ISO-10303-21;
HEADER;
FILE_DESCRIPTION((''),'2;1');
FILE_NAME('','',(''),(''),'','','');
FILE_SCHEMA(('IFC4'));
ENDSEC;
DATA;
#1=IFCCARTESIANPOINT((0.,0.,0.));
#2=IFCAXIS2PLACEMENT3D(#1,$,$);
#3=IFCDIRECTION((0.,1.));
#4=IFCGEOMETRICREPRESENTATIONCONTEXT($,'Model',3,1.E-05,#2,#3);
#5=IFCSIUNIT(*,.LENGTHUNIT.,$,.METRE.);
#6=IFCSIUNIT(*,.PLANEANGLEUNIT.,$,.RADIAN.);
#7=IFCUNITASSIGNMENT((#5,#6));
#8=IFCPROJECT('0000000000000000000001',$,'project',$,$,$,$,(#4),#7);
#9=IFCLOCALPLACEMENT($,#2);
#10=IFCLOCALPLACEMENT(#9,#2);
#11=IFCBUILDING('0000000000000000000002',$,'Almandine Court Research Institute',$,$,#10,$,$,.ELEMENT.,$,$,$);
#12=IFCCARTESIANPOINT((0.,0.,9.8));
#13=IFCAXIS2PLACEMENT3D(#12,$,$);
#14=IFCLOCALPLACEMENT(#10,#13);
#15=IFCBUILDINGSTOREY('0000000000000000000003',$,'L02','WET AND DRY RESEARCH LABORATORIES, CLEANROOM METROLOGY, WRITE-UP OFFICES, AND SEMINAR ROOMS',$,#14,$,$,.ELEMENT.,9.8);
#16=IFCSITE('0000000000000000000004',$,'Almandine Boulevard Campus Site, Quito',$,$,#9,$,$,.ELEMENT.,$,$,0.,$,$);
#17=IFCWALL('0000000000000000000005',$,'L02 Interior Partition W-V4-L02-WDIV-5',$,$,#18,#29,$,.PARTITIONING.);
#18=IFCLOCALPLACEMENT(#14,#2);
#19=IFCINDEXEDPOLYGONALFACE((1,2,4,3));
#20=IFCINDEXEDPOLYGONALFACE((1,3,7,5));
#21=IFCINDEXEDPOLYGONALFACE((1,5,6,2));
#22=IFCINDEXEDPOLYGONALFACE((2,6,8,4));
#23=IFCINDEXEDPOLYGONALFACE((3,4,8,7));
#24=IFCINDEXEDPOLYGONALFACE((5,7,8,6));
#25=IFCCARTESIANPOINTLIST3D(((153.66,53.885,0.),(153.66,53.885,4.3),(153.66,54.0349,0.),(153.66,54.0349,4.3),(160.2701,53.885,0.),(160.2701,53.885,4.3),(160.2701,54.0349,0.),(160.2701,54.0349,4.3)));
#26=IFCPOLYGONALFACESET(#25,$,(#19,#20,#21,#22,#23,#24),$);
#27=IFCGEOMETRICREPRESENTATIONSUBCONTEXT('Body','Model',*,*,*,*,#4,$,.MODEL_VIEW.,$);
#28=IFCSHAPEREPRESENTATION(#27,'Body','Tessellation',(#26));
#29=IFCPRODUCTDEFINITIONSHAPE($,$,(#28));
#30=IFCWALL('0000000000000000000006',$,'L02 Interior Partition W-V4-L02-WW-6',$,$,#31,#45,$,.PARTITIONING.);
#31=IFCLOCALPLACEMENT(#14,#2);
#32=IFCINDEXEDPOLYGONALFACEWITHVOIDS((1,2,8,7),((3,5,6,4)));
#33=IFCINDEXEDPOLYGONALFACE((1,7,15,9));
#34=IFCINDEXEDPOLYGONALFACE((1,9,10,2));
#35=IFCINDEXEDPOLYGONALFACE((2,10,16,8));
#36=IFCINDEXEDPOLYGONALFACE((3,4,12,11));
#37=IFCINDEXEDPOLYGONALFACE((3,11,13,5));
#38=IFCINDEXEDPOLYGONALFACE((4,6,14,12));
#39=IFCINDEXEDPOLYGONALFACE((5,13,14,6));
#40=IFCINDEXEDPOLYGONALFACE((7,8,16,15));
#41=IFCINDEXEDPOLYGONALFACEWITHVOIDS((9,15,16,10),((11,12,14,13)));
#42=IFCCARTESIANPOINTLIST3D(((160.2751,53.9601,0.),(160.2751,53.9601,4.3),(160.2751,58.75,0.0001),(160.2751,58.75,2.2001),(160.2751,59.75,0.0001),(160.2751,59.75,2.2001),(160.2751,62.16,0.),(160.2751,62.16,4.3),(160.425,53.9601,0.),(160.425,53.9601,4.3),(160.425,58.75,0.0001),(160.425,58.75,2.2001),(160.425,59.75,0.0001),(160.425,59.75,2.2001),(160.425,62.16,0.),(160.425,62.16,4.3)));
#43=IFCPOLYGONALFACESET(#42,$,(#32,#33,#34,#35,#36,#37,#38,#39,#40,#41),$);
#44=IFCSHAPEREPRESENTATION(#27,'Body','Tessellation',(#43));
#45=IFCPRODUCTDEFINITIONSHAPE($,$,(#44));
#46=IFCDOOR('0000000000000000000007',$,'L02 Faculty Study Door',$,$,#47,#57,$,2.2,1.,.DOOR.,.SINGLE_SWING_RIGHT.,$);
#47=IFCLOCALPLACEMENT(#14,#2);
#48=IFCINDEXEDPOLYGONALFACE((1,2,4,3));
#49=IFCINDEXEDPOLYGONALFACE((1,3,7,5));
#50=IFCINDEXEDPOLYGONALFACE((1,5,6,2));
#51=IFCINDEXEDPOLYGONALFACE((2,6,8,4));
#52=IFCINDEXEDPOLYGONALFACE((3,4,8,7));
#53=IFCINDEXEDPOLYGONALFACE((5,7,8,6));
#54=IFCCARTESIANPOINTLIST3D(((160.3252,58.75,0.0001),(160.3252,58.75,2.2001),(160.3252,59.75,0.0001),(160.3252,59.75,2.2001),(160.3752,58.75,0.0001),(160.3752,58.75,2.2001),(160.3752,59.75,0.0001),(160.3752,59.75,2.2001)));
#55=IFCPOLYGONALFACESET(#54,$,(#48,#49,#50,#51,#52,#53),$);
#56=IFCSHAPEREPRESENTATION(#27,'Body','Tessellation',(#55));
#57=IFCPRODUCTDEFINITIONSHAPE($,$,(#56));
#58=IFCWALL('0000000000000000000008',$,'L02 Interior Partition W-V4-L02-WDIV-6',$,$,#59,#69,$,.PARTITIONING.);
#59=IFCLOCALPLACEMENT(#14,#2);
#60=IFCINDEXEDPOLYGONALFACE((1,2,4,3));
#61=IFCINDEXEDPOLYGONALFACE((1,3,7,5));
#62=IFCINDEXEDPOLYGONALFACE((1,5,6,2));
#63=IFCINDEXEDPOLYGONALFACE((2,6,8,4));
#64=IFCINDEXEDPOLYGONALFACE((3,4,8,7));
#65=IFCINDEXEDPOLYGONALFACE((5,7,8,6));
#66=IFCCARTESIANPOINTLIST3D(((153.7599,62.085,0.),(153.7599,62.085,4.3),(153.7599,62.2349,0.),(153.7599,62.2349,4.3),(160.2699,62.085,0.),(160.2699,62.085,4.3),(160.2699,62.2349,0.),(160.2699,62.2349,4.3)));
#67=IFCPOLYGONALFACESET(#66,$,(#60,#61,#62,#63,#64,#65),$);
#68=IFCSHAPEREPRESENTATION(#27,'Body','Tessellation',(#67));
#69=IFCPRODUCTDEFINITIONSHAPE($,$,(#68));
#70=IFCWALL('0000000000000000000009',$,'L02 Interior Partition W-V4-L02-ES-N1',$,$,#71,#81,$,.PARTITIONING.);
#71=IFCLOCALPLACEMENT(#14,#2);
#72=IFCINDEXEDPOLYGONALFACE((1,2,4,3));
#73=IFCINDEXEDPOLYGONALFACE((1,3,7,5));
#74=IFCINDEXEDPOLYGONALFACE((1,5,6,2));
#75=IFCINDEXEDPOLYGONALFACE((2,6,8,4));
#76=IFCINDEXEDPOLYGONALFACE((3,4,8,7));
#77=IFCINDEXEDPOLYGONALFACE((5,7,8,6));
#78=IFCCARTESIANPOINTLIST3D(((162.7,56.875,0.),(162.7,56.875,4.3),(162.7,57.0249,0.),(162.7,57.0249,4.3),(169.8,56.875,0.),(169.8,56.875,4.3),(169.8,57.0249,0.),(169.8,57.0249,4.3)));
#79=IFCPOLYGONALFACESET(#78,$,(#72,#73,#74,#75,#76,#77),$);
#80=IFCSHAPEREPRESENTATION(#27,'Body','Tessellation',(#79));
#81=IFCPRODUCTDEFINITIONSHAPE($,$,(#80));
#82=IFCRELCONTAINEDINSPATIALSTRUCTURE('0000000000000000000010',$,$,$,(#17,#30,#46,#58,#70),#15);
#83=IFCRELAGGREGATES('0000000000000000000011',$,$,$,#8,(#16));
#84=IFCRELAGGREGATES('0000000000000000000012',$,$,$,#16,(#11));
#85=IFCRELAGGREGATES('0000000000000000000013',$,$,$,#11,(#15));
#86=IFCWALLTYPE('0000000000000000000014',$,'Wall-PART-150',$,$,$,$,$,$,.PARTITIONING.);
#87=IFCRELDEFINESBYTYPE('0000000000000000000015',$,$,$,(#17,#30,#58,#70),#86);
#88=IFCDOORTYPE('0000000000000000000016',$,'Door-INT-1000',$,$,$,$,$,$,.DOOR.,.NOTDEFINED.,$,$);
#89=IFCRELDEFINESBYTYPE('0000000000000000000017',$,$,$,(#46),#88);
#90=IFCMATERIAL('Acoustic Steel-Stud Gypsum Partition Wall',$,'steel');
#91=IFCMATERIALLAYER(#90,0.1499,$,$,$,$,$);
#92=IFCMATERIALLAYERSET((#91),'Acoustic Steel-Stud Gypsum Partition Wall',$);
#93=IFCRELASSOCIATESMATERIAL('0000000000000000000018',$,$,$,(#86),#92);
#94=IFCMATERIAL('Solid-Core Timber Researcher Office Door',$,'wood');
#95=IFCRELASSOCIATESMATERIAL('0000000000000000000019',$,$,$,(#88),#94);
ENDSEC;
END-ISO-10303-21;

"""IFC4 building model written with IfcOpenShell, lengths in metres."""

from ifc_helpers import new_model, si_unit, direction, frame, frame_2d, origin, place, context, subcontext, project, spatial, rectangle, extrude, material, layer, layer_set, type_object, element, fill, save


model = new_model("IFC4")

# Units and contexts
model_context = context("Model", 3, precision=1e-05, world=origin(), true_north=direction((0.0, 1.0)))
body_context = subcontext(model_context, "Body", "Model", "MODEL_VIEW")
ifc_project = project(units=[si_unit("LENGTHUNIT", "METRE"), si_unit("PLANEANGLEUNIT", "RADIAN")], contexts=[model_context])

# Site, building, storey
site_placement = place(None, origin())
site = spatial("IfcSite", under=ifc_project, at=site_placement, Name="Almandine Boulevard Campus Site, Quito", CompositionType="ELEMENT", RefElevation=0.0)
building_placement = place(site_placement, origin())
building = spatial("IfcBuilding", under=site, at=building_placement, Name="Almandine Court Research Institute", CompositionType="ELEMENT")
storey_placement = place(building_placement, frame((0.0, 0.0, 9.8)))
storey = spatial("IfcBuildingStorey", under=building, at=storey_placement, Name="L02", Description="WET AND DRY RESEARCH LABORATORIES, CLEANROOM METROLOGY, WRITE-UP OFFICES, AND SEMINAR ROOMS", CompositionType="ELEMENT", Elevation=9.8)

# Wall
ifc_material_1 = material(Name="Acoustic Steel-Stud Gypsum Partition Wall", Category="steel")
ifc_layer_1 = layer(ifc_material_1, 0.1499)
ifc_layer_set_1 = layer_set([ifc_layer_1], Name="Acoustic Steel-Stud Gypsum Partition Wall")
wall_type_1 = type_object("IfcWallType", Name="Wall-PART-150", PredefinedType="PARTITIONING", material=ifc_layer_set_1)
wall_1_placement = place(storey_placement, frame((153.6599, 53.96, 0.0), z_axis=(0.0, 0.0, 1.0), x_axis=(1.0, 0.0, 0.0)))
element("IfcWall", 1, at=wall_1_placement, inside=storey, type_object=wall_type_1, Name="L02 Interior Partition W-V4-L02-WDIV-5", PredefinedType="PARTITIONING", context=body_context, shape_type="SweptSolid", body=[
    extrude(rectangle(XDim=6.6101, YDim=0.1499, at=frame_2d((3.3052, 0.0))), origin(), (0.0, 0.0, 1.0), 4.3),
])

# Wall, opening, door
wall_2_placement = place(storey_placement, frame((160.3501, 53.96, 0.0), z_axis=(0.0, 0.0, 1.0), x_axis=(0.0, 1.0, 0.0)))
wall_2 = element("IfcWall", 2, at=wall_2_placement, inside=storey, type_object=wall_type_1, Name="L02 Interior Partition W-V4-L02-WW-6", PredefinedType="PARTITIONING", context=body_context, shape_type="SweptSolid", body=[
    extrude(rectangle(XDim=8.2, YDim=0.1499, at=frame_2d((4.1001, 0.0))), origin(), (0.0, 0.0, 1.0), 4.3),
])
opening_1_placement = place(wall_2_placement, frame((4.79, 0.0, 0.0)))
opening_1 = element("IfcOpeningElement", 3, at=opening_1_placement, cuts=wall_2, PredefinedType="OPENING", context=body_context, shape_type="SweptSolid", body=[
    extrude(rectangle(XDim=1.0, YDim=2.2, at=frame_2d((0.5, 1.1001))), frame((0.0, 0.085, 0.0), z_axis=(0.0, -1.0, 0.0), x_axis=(1.0, 0.0, 0.0)), (0.0, 0.0, 1.0), 0.1699),
])
ifc_material_2 = material(Name="Solid-Core Timber Researcher Office Door", Category="wood")
door_type_1 = type_object("IfcDoorType", Name="Door-INT-1000", OperationType="NOTDEFINED", PredefinedType="DOOR", material=ifc_material_2)
door_1_placement = place(opening_1_placement, origin())
door_1 = element("IfcDoor", 4, at=door_1_placement, inside=storey, type_object=door_type_1, Name="L02 Faculty Study Door", OperationType="SINGLE_SWING_RIGHT", OverallHeight=2.2, OverallWidth=1.0, PredefinedType="DOOR", context=body_context, shape_type="SweptSolid", body=[
    extrude(rectangle(XDim=1.0, YDim=2.2, at=frame_2d((0.5, 1.1001))), frame((0.0, 0.0249, 0.0), z_axis=(0.0, -1.0, 0.0), x_axis=(1.0, 0.0, 0.0)), (0.0, 0.0, 1.0), 0.05),
])
fill(opening_1, door_1)

# Walls
wall_3_placement = place(storey_placement, frame((153.76, 62.1599, 0.0), z_axis=(0.0, 0.0, 1.0), x_axis=(1.0, 0.0, 0.0)))
element("IfcWall", 5, at=wall_3_placement, inside=storey, type_object=wall_type_1, Name="L02 Interior Partition W-V4-L02-WDIV-6", PredefinedType="PARTITIONING", context=body_context, shape_type="SweptSolid", body=[
    extrude(rectangle(XDim=6.51, YDim=0.1499, at=frame_2d((3.2549, 0.0))), origin(), (0.0, 0.0, 1.0), 4.3),
])
wall_4_placement = place(storey_placement, frame((162.7, 56.95, 0.0), z_axis=(0.0, 0.0, 1.0), x_axis=(1.0, 0.0, 0.0)))
element("IfcWall", 6, at=wall_4_placement, inside=storey, type_object=wall_type_1, Name="L02 Interior Partition W-V4-L02-ES-N1", PredefinedType="PARTITIONING", context=body_context, shape_type="SweptSolid", body=[
    extrude(rectangle(XDim=7.1001, YDim=0.1499, at=frame_2d((3.55, 0.0))), origin(), (0.0, 0.0, 1.0), 4.3),
])

save(model, "model.ifc")
